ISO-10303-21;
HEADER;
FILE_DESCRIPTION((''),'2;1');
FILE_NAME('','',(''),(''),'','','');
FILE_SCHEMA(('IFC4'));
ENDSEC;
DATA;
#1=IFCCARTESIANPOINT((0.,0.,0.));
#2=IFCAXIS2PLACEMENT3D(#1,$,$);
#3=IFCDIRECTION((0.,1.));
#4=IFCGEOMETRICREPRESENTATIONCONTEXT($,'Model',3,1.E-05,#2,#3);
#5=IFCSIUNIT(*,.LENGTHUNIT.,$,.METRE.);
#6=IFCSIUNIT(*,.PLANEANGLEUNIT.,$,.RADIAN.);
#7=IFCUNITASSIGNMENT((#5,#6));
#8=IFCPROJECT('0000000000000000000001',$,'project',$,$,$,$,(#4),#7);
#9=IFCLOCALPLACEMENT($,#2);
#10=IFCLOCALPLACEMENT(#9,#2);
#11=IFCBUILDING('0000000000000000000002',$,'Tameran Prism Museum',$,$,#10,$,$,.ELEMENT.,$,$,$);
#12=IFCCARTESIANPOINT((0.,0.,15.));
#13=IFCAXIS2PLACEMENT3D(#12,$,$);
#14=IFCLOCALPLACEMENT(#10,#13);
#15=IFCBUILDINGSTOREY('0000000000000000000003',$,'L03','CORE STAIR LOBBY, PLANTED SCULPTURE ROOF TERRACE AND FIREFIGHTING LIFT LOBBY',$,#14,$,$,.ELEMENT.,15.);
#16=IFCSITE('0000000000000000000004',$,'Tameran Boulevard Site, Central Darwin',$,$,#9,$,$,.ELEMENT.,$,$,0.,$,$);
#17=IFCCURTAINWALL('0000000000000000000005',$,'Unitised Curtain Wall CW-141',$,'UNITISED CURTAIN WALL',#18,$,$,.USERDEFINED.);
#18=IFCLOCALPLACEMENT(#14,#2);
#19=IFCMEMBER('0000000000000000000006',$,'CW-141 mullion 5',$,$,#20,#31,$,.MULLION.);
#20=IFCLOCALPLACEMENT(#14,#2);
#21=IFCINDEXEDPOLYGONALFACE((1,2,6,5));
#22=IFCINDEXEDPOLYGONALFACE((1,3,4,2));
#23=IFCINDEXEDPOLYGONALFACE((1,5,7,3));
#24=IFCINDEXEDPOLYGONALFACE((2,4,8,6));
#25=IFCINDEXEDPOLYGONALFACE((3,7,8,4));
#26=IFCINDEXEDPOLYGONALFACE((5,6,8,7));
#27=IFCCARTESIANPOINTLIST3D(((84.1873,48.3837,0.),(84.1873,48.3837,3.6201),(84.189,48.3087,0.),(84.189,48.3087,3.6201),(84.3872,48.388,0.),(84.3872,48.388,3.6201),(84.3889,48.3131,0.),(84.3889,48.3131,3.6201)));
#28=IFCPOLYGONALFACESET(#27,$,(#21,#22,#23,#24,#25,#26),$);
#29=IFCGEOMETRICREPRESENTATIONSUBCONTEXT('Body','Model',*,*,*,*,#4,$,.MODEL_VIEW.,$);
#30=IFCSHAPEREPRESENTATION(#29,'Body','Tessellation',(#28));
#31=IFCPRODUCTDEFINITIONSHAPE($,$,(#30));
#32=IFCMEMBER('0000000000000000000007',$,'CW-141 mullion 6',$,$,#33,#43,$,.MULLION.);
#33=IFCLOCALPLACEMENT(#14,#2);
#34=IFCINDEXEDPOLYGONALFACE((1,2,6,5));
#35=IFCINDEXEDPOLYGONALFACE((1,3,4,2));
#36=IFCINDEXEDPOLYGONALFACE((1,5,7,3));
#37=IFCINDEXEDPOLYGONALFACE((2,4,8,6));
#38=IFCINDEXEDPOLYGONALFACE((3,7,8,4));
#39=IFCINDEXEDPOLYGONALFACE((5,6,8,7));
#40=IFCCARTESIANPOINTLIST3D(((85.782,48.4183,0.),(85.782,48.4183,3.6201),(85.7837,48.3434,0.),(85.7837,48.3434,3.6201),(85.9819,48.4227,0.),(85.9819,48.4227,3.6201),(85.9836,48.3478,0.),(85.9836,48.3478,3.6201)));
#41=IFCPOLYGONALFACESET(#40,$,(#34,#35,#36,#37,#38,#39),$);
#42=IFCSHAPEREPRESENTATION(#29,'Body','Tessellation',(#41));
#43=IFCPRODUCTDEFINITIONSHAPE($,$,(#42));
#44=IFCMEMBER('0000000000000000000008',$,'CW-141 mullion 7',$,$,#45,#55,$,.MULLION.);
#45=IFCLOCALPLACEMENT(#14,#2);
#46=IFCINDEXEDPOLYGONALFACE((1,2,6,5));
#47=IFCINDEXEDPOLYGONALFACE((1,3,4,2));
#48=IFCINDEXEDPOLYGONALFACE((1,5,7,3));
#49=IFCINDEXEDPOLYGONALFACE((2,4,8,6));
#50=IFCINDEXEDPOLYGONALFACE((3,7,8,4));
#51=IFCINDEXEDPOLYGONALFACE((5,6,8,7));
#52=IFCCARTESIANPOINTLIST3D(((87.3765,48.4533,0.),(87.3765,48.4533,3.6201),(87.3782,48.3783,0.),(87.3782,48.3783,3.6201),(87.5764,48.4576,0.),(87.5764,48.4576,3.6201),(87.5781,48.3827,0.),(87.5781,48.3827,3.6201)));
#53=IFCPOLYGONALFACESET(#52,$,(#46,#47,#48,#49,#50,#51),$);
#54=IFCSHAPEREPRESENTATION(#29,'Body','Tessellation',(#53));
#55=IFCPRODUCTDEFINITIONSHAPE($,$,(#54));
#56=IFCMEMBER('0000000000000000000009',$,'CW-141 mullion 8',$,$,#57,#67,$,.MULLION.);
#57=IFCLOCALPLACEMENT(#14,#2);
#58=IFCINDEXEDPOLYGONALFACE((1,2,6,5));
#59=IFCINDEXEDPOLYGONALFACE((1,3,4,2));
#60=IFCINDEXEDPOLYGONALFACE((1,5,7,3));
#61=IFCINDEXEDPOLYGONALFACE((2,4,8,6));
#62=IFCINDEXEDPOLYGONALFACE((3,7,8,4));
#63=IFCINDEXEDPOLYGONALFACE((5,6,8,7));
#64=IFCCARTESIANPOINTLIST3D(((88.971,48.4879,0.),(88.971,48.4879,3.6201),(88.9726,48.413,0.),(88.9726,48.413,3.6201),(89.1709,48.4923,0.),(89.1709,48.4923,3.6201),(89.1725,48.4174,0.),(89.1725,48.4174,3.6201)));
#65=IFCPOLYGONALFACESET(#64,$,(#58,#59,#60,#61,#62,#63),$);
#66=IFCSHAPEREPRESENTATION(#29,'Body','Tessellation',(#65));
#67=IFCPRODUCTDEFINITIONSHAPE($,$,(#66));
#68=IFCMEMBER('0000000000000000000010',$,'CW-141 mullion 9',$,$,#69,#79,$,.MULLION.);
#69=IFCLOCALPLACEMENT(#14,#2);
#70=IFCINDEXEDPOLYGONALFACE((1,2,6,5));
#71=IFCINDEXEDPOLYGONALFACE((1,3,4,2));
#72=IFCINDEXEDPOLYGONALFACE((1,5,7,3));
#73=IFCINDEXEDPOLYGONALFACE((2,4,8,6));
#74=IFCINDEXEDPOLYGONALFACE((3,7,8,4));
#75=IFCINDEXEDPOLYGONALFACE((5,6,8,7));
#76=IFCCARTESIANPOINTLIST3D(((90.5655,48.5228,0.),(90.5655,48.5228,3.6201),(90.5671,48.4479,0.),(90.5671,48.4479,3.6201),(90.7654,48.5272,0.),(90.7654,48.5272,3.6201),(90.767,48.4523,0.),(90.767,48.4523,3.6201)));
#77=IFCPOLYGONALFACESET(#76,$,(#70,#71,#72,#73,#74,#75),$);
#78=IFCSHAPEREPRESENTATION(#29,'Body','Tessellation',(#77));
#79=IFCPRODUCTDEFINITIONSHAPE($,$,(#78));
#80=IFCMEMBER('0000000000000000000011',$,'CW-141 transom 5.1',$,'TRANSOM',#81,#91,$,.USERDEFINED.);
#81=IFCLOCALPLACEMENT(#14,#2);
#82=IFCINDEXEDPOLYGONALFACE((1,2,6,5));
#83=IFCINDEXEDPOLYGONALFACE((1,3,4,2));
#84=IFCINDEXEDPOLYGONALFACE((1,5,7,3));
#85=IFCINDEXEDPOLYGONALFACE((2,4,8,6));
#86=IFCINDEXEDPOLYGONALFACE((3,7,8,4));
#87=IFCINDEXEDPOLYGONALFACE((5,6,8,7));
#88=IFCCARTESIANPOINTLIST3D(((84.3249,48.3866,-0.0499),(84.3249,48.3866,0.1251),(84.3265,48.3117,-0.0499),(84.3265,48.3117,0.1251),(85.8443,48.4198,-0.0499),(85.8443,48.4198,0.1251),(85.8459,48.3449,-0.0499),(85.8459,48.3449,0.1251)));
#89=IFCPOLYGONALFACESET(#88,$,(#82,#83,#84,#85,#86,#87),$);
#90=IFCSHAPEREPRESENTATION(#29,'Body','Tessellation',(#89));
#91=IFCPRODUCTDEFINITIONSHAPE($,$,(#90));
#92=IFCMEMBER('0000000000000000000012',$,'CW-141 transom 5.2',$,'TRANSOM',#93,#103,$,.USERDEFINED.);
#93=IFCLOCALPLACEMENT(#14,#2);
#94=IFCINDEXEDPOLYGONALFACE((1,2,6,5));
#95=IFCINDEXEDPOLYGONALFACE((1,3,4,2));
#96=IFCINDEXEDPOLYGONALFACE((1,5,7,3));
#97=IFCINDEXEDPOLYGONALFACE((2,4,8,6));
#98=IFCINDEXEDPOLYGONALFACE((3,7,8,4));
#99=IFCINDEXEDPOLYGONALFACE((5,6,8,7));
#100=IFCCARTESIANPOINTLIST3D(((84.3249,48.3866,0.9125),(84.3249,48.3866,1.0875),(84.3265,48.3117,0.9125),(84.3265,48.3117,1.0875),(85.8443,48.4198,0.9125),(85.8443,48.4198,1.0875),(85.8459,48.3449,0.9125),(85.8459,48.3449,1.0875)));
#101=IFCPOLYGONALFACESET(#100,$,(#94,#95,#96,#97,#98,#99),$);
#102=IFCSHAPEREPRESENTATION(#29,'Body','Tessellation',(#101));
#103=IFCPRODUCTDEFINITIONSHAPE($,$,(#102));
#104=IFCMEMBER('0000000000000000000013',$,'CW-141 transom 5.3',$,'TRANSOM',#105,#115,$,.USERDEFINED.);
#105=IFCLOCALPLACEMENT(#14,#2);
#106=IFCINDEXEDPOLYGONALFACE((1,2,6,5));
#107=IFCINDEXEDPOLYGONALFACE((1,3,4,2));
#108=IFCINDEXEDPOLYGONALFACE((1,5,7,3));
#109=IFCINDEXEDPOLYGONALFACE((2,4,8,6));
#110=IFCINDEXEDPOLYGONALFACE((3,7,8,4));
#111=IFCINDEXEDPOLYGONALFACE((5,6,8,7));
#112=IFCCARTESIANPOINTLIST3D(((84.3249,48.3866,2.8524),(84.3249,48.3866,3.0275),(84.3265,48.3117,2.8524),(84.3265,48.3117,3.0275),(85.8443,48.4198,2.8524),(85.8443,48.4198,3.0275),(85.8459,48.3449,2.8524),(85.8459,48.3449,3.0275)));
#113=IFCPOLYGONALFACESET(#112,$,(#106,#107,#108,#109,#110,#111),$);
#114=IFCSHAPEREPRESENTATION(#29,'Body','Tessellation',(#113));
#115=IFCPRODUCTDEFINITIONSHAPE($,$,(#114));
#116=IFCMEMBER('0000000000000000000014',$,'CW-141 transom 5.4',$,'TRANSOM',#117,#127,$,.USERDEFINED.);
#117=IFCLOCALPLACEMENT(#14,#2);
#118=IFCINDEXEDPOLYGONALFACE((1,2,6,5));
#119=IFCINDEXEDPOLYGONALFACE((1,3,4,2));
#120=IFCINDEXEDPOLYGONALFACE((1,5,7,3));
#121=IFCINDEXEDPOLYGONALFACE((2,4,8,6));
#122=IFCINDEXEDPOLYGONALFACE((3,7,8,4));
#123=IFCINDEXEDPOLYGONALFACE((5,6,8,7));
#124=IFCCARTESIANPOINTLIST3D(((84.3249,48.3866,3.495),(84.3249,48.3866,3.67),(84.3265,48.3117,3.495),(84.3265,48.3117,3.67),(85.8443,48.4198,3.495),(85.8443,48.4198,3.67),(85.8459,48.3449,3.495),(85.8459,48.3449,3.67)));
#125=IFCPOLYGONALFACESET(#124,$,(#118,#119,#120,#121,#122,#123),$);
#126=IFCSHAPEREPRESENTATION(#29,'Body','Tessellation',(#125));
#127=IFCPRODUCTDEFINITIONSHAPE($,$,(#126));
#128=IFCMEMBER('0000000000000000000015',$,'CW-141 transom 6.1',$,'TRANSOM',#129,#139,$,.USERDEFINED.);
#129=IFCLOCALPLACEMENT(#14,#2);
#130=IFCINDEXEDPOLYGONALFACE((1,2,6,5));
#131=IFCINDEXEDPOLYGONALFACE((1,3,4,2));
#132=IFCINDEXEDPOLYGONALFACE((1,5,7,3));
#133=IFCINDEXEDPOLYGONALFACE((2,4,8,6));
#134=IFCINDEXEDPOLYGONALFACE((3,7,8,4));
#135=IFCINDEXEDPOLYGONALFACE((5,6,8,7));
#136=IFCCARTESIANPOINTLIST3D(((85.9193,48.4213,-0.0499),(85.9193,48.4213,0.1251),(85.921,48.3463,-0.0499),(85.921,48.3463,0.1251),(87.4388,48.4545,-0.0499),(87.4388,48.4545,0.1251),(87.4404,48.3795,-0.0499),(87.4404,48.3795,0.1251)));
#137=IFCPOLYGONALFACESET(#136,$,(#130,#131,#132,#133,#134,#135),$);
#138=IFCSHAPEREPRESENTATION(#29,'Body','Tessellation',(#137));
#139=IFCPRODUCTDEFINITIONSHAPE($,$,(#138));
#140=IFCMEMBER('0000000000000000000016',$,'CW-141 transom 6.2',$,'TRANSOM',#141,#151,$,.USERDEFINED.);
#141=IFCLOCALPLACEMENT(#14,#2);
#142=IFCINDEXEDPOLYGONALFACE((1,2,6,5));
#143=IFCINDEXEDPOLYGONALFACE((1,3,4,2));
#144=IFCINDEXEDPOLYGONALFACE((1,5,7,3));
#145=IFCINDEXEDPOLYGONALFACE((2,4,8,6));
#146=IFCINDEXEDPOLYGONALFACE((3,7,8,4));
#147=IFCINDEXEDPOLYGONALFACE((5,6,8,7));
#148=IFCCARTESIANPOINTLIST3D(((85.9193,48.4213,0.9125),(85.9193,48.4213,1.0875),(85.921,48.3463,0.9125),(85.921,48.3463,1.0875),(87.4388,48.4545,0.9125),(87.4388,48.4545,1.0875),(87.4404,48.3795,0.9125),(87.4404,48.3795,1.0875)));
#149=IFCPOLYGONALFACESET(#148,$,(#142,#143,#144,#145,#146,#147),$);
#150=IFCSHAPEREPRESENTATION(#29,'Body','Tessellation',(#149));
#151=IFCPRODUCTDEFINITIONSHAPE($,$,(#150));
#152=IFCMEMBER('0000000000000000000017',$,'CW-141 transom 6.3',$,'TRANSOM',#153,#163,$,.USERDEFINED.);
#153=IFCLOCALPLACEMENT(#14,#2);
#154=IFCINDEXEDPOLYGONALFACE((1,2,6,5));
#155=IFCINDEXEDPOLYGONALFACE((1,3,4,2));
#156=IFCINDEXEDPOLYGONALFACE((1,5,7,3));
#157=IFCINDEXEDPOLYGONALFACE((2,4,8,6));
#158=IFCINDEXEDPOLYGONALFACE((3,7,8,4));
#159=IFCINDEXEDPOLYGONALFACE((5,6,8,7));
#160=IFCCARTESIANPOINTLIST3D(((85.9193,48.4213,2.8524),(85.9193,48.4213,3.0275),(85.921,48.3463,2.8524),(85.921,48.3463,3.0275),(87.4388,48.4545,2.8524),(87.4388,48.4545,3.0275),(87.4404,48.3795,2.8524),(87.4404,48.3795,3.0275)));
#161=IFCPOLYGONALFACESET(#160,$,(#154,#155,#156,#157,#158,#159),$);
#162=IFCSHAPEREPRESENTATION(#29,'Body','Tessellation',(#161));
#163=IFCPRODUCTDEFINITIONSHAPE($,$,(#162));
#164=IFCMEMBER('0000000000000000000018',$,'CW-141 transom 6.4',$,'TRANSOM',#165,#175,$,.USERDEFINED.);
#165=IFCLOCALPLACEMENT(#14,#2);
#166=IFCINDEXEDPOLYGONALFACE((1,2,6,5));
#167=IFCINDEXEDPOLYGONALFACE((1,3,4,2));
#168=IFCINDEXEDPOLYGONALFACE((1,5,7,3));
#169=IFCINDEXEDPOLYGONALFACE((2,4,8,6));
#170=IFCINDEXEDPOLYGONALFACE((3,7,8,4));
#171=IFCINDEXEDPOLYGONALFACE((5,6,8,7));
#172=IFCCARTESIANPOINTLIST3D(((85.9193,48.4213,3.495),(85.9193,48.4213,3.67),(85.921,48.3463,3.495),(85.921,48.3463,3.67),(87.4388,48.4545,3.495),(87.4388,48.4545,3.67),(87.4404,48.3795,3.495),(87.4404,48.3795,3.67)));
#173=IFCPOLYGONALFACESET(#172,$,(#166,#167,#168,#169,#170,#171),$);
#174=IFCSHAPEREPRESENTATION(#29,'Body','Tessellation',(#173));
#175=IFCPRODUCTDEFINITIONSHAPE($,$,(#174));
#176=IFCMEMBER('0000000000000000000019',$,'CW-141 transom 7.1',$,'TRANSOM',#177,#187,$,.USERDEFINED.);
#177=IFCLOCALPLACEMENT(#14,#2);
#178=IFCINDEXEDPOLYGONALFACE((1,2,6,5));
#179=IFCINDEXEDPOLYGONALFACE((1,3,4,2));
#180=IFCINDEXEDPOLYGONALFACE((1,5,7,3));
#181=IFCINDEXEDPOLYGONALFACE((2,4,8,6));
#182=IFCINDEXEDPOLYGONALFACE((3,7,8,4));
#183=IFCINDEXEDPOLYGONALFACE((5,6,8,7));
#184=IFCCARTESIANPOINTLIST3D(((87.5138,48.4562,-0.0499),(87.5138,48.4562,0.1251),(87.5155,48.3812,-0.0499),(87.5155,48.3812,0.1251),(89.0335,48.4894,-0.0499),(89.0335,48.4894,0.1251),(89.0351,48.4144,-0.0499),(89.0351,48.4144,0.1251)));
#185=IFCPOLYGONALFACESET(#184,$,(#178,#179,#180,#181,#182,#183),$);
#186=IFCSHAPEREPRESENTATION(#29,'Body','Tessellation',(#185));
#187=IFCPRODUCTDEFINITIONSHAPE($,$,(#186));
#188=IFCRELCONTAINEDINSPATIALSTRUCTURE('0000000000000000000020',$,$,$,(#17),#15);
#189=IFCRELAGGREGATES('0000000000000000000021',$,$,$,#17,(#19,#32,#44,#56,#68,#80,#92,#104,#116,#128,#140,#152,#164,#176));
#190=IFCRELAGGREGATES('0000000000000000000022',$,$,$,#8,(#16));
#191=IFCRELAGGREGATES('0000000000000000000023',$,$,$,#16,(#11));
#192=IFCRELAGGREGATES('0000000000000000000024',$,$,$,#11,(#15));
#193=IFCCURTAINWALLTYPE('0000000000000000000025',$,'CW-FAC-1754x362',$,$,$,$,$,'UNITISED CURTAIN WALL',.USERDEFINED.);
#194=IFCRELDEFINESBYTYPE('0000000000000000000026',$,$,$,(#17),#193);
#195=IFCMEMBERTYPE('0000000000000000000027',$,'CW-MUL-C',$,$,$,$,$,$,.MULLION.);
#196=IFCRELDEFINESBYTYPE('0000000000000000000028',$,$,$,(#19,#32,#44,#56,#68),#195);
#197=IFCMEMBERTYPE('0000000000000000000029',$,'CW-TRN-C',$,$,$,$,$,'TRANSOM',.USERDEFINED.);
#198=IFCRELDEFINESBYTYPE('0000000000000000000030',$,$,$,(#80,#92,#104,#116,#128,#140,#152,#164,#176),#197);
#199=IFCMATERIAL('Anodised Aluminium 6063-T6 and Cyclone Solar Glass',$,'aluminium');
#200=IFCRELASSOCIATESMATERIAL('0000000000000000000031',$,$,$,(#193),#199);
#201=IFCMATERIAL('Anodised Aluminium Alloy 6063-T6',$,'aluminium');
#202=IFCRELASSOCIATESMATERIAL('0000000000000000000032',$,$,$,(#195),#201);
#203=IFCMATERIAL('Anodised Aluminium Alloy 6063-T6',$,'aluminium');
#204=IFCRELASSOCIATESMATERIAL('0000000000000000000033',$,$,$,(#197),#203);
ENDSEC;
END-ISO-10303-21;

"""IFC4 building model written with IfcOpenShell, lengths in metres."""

from ifc_helpers import new_model, si_unit, direction, frame, origin, origin_2d, place, context, subcontext, project, spatial, rectangle, extrude, material, material_profile, profile_set, type_object, element, aggregate, save


model = new_model("IFC4")

# Units and contexts
model_context = context("Model", 3, precision=1e-05, world=origin(), true_north=direction((0.0, 1.0)))
body_context = subcontext(model_context, "Body", "Model", "MODEL_VIEW")
ifc_project = project(units=[si_unit("LENGTHUNIT", "METRE"), si_unit("PLANEANGLEUNIT", "RADIAN")], contexts=[model_context])

# Site, building, storey
site_placement = place(None, origin())
site = spatial("IfcSite", under=ifc_project, at=site_placement, Name="Tameran Boulevard Site, Central Darwin", CompositionType="ELEMENT", RefElevation=0.0)
building_placement = place(site_placement, origin())
building = spatial("IfcBuilding", under=site, at=building_placement, Name="Tameran Prism Museum", CompositionType="ELEMENT")
storey_placement = place(building_placement, frame((0.0, 0.0, 15.0)))
storey = spatial("IfcBuildingStorey", under=building, at=storey_placement, Name="L03", Description="CORE STAIR LOBBY, PLANTED SCULPTURE ROOF TERRACE AND FIREFIGHTING LIFT LOBBY", CompositionType="ELEMENT", Elevation=15.0)

# Curtain wall, members
ifc_material_1 = material(Name="Anodised Aluminium 6063-T6 and Cyclone Solar Glass", Category="aluminium")
curtain_wall_type = type_object("IfcCurtainWallType", Name="CW-FAC-1754x362", ElementType="UNITISED CURTAIN WALL", PredefinedType="USERDEFINED", material=ifc_material_1)
curtain_wall_placement = place(storey_placement, origin())
curtain_wall = element("IfcCurtainWall", 1, at=curtain_wall_placement, inside=storey, type_object=curtain_wall_type, Name="Unitised Curtain Wall CW-141", ObjectType="UNITISED CURTAIN WALL", PredefinedType="USERDEFINED")
ifc_material_2 = material(Name="Anodised Aluminium Alloy 6063-T6", Category="aluminium")
ifc_material_profile_1 = material_profile(ifc_material_2, rectangle(XDim=0.075, YDim=0.2, at=origin_2d()))
ifc_profile_set_1 = profile_set([ifc_material_profile_1])
member_type_1 = type_object("IfcMemberType", Name="CW-MUL-C", PredefinedType="MULLION", material=ifc_profile_set_1)
member_1_placement = place(storey_placement, frame((84.2881, 48.3484, 0.0), z_axis=(0.0, 0.0, 1.0), x_axis=(-0.021831, 0.999762, 0.0)))
member_1 = element("IfcMember", 2, at=member_1_placement, type_object=member_type_1, Name="CW-141 mullion 5", PredefinedType="MULLION", context=body_context, shape_type="SweptSolid", body=[
    extrude(rectangle(XDim=0.075, YDim=0.2, at=origin_2d()), origin(), (0.0, 0.0, 1.0), 3.6201),
])
member_2_placement = place(storey_placement, frame((85.8828, 48.3831, 0.0), z_axis=(0.0, 0.0, 1.0), x_axis=(-0.021831, 0.999762, 0.0)))
member_2 = element("IfcMember", 3, at=member_2_placement, type_object=member_type_1, Name="CW-141 mullion 6", PredefinedType="MULLION", context=body_context, shape_type="SweptSolid", body=[
    extrude(rectangle(XDim=0.075, YDim=0.2, at=origin_2d()), origin(), (0.0, 0.0, 1.0), 3.6201),
])
member_3_placement = place(storey_placement, frame((87.4773, 48.418, 0.0), z_axis=(0.0, 0.0, 1.0), x_axis=(-0.021831, 0.999762, 0.0)))
member_3 = element("IfcMember", 4, at=member_3_placement, type_object=member_type_1, Name="CW-141 mullion 7", PredefinedType="MULLION", context=body_context, shape_type="SweptSolid", body=[
    extrude(rectangle(XDim=0.075, YDim=0.2, at=origin_2d()), origin(), (0.0, 0.0, 1.0), 3.6201),
])
member_4_placement = place(storey_placement, frame((89.0718, 48.4526, 0.0), z_axis=(0.0, 0.0, 1.0), x_axis=(-0.021831, 0.999762, 0.0)))
member_4 = element("IfcMember", 5, at=member_4_placement, type_object=member_type_1, Name="CW-141 mullion 8", PredefinedType="MULLION", context=body_context, shape_type="SweptSolid", body=[
    extrude(rectangle(XDim=0.075, YDim=0.2, at=origin_2d()), origin(), (0.0, 0.0, 1.0), 3.6201),
])
member_5_placement = place(storey_placement, frame((90.6663, 48.4875, 0.0), z_axis=(0.0, 0.0, 1.0), x_axis=(-0.021831, 0.999762, 0.0)))
member_5 = element("IfcMember", 6, at=member_5_placement, type_object=member_type_1, Name="CW-141 mullion 9", PredefinedType="MULLION", context=body_context, shape_type="SweptSolid", body=[
    extrude(rectangle(XDim=0.075, YDim=0.2, at=origin_2d()), origin(), (0.0, 0.0, 1.0), 3.6201),
])
ifc_material_3 = material(Name="Anodised Aluminium Alloy 6063-T6", Category="aluminium")
ifc_material_profile_2 = material_profile(ifc_material_3, rectangle(XDim=0.075, YDim=0.175, at=origin_2d()))
ifc_profile_set_2 = profile_set([ifc_material_profile_2])
member_type_2 = type_object("IfcMemberType", Name="CW-TRN-C", ElementType="TRANSOM", PredefinedType="USERDEFINED", material=ifc_profile_set_2)
member_6_placement = place(storey_placement, frame((84.3257, 48.3491, 0.0376), z_axis=(0.999761, 0.021846, 0.0), x_axis=(-0.021846, 0.999761, 0.0)))
member_6 = element("IfcMember", 7, at=member_6_placement, type_object=member_type_2, Name="CW-141 transom 5.1", ObjectType="TRANSOM", PredefinedType="USERDEFINED", context=body_context, shape_type="SweptSolid", body=[
    extrude(rectangle(XDim=0.075, YDim=0.175, at=origin_2d()), origin(), (0.0, 0.0, 1.0), 1.5198),
])
member_7_placement = place(storey_placement, frame((84.3257, 48.3491, 1.0), z_axis=(0.999761, 0.021846, 0.0), x_axis=(-0.021846, 0.999761, 0.0)))
member_7 = element("IfcMember", 8, at=member_7_placement, type_object=member_type_2, Name="CW-141 transom 5.2", ObjectType="TRANSOM", PredefinedType="USERDEFINED", context=body_context, shape_type="SweptSolid", body=[
    extrude(rectangle(XDim=0.075, YDim=0.175, at=origin_2d()), origin(), (0.0, 0.0, 1.0), 1.5198),
])
member_8_placement = place(storey_placement, frame((84.3257, 48.3491, 2.9399), z_axis=(0.999761, 0.021846, 0.0), x_axis=(-0.021846, 0.999761, 0.0)))
member_8 = element("IfcMember", 9, at=member_8_placement, type_object=member_type_2, Name="CW-141 transom 5.3", ObjectType="TRANSOM", PredefinedType="USERDEFINED", context=body_context, shape_type="SweptSolid", body=[
    extrude(rectangle(XDim=0.075, YDim=0.175, at=origin_2d()), origin(), (0.0, 0.0, 1.0), 1.5198),
])
member_9_placement = place(storey_placement, frame((84.3257, 48.3491, 3.5825), z_axis=(0.999761, 0.021846, 0.0), x_axis=(-0.021846, 0.999761, 0.0)))
member_9 = element("IfcMember", 10, at=member_9_placement, type_object=member_type_2, Name="CW-141 transom 5.4", ObjectType="TRANSOM", PredefinedType="USERDEFINED", context=body_context, shape_type="SweptSolid", body=[
    extrude(rectangle(XDim=0.075, YDim=0.175, at=origin_2d()), origin(), (0.0, 0.0, 1.0), 1.5198),
])
member_10_placement = place(storey_placement, frame((85.9202, 48.3838, 0.0376), z_axis=(0.999761, 0.021846, 0.0), x_axis=(-0.021846, 0.999761, 0.0)))
member_10 = element("IfcMember", 11, at=member_10_placement, type_object=member_type_2, Name="CW-141 transom 6.1", ObjectType="TRANSOM", PredefinedType="USERDEFINED", context=body_context, shape_type="SweptSolid", body=[
    extrude(rectangle(XDim=0.075, YDim=0.175, at=origin_2d()), origin(), (0.0, 0.0, 1.0), 1.5198),
])
member_11_placement = place(storey_placement, frame((85.9202, 48.3838, 1.0), z_axis=(0.999761, 0.021846, 0.0), x_axis=(-0.021846, 0.999761, 0.0)))
member_11 = element("IfcMember", 12, at=member_11_placement, type_object=member_type_2, Name="CW-141 transom 6.2", ObjectType="TRANSOM", PredefinedType="USERDEFINED", context=body_context, shape_type="SweptSolid", body=[
    extrude(rectangle(XDim=0.075, YDim=0.175, at=origin_2d()), origin(), (0.0, 0.0, 1.0), 1.5198),
])
member_12_placement = place(storey_placement, frame((85.9202, 48.3838, 2.9399), z_axis=(0.999761, 0.021846, 0.0), x_axis=(-0.021846, 0.999761, 0.0)))
member_12 = element("IfcMember", 13, at=member_12_placement, type_object=member_type_2, Name="CW-141 transom 6.3", ObjectType="TRANSOM", PredefinedType="USERDEFINED", context=body_context, shape_type="SweptSolid", body=[
    extrude(rectangle(XDim=0.075, YDim=0.175, at=origin_2d()), origin(), (0.0, 0.0, 1.0), 1.5198),
])
member_13_placement = place(storey_placement, frame((85.9202, 48.3838, 3.5825), z_axis=(0.999761, 0.021846, 0.0), x_axis=(-0.021846, 0.999761, 0.0)))
member_13 = element("IfcMember", 14, at=member_13_placement, type_object=member_type_2, Name="CW-141 transom 6.4", ObjectType="TRANSOM", PredefinedType="USERDEFINED", context=body_context, shape_type="SweptSolid", body=[
    extrude(rectangle(XDim=0.075, YDim=0.175, at=origin_2d()), origin(), (0.0, 0.0, 1.0), 1.5198),
])
member_14_placement = place(storey_placement, frame((87.5146, 48.4187, 0.0376), z_axis=(0.999761, 0.021842, 0.0), x_axis=(-0.021842, 0.999761, 0.0)))
member_14 = element("IfcMember", 15, at=member_14_placement, type_object=member_type_2, Name="CW-141 transom 7.1", ObjectType="TRANSOM", PredefinedType="USERDEFINED", context=body_context, shape_type="SweptSolid", body=[
    extrude(rectangle(XDim=0.075, YDim=0.175, at=origin_2d()), origin(), (0.0, 0.0, 1.0), 1.52),
])
aggregate(curtain_wall, [member_1, member_2, member_3, member_4, member_5, member_6, member_7, member_8, member_9, member_10, member_11, member_12, member_13, member_14])

save(model, "model.ifc")
